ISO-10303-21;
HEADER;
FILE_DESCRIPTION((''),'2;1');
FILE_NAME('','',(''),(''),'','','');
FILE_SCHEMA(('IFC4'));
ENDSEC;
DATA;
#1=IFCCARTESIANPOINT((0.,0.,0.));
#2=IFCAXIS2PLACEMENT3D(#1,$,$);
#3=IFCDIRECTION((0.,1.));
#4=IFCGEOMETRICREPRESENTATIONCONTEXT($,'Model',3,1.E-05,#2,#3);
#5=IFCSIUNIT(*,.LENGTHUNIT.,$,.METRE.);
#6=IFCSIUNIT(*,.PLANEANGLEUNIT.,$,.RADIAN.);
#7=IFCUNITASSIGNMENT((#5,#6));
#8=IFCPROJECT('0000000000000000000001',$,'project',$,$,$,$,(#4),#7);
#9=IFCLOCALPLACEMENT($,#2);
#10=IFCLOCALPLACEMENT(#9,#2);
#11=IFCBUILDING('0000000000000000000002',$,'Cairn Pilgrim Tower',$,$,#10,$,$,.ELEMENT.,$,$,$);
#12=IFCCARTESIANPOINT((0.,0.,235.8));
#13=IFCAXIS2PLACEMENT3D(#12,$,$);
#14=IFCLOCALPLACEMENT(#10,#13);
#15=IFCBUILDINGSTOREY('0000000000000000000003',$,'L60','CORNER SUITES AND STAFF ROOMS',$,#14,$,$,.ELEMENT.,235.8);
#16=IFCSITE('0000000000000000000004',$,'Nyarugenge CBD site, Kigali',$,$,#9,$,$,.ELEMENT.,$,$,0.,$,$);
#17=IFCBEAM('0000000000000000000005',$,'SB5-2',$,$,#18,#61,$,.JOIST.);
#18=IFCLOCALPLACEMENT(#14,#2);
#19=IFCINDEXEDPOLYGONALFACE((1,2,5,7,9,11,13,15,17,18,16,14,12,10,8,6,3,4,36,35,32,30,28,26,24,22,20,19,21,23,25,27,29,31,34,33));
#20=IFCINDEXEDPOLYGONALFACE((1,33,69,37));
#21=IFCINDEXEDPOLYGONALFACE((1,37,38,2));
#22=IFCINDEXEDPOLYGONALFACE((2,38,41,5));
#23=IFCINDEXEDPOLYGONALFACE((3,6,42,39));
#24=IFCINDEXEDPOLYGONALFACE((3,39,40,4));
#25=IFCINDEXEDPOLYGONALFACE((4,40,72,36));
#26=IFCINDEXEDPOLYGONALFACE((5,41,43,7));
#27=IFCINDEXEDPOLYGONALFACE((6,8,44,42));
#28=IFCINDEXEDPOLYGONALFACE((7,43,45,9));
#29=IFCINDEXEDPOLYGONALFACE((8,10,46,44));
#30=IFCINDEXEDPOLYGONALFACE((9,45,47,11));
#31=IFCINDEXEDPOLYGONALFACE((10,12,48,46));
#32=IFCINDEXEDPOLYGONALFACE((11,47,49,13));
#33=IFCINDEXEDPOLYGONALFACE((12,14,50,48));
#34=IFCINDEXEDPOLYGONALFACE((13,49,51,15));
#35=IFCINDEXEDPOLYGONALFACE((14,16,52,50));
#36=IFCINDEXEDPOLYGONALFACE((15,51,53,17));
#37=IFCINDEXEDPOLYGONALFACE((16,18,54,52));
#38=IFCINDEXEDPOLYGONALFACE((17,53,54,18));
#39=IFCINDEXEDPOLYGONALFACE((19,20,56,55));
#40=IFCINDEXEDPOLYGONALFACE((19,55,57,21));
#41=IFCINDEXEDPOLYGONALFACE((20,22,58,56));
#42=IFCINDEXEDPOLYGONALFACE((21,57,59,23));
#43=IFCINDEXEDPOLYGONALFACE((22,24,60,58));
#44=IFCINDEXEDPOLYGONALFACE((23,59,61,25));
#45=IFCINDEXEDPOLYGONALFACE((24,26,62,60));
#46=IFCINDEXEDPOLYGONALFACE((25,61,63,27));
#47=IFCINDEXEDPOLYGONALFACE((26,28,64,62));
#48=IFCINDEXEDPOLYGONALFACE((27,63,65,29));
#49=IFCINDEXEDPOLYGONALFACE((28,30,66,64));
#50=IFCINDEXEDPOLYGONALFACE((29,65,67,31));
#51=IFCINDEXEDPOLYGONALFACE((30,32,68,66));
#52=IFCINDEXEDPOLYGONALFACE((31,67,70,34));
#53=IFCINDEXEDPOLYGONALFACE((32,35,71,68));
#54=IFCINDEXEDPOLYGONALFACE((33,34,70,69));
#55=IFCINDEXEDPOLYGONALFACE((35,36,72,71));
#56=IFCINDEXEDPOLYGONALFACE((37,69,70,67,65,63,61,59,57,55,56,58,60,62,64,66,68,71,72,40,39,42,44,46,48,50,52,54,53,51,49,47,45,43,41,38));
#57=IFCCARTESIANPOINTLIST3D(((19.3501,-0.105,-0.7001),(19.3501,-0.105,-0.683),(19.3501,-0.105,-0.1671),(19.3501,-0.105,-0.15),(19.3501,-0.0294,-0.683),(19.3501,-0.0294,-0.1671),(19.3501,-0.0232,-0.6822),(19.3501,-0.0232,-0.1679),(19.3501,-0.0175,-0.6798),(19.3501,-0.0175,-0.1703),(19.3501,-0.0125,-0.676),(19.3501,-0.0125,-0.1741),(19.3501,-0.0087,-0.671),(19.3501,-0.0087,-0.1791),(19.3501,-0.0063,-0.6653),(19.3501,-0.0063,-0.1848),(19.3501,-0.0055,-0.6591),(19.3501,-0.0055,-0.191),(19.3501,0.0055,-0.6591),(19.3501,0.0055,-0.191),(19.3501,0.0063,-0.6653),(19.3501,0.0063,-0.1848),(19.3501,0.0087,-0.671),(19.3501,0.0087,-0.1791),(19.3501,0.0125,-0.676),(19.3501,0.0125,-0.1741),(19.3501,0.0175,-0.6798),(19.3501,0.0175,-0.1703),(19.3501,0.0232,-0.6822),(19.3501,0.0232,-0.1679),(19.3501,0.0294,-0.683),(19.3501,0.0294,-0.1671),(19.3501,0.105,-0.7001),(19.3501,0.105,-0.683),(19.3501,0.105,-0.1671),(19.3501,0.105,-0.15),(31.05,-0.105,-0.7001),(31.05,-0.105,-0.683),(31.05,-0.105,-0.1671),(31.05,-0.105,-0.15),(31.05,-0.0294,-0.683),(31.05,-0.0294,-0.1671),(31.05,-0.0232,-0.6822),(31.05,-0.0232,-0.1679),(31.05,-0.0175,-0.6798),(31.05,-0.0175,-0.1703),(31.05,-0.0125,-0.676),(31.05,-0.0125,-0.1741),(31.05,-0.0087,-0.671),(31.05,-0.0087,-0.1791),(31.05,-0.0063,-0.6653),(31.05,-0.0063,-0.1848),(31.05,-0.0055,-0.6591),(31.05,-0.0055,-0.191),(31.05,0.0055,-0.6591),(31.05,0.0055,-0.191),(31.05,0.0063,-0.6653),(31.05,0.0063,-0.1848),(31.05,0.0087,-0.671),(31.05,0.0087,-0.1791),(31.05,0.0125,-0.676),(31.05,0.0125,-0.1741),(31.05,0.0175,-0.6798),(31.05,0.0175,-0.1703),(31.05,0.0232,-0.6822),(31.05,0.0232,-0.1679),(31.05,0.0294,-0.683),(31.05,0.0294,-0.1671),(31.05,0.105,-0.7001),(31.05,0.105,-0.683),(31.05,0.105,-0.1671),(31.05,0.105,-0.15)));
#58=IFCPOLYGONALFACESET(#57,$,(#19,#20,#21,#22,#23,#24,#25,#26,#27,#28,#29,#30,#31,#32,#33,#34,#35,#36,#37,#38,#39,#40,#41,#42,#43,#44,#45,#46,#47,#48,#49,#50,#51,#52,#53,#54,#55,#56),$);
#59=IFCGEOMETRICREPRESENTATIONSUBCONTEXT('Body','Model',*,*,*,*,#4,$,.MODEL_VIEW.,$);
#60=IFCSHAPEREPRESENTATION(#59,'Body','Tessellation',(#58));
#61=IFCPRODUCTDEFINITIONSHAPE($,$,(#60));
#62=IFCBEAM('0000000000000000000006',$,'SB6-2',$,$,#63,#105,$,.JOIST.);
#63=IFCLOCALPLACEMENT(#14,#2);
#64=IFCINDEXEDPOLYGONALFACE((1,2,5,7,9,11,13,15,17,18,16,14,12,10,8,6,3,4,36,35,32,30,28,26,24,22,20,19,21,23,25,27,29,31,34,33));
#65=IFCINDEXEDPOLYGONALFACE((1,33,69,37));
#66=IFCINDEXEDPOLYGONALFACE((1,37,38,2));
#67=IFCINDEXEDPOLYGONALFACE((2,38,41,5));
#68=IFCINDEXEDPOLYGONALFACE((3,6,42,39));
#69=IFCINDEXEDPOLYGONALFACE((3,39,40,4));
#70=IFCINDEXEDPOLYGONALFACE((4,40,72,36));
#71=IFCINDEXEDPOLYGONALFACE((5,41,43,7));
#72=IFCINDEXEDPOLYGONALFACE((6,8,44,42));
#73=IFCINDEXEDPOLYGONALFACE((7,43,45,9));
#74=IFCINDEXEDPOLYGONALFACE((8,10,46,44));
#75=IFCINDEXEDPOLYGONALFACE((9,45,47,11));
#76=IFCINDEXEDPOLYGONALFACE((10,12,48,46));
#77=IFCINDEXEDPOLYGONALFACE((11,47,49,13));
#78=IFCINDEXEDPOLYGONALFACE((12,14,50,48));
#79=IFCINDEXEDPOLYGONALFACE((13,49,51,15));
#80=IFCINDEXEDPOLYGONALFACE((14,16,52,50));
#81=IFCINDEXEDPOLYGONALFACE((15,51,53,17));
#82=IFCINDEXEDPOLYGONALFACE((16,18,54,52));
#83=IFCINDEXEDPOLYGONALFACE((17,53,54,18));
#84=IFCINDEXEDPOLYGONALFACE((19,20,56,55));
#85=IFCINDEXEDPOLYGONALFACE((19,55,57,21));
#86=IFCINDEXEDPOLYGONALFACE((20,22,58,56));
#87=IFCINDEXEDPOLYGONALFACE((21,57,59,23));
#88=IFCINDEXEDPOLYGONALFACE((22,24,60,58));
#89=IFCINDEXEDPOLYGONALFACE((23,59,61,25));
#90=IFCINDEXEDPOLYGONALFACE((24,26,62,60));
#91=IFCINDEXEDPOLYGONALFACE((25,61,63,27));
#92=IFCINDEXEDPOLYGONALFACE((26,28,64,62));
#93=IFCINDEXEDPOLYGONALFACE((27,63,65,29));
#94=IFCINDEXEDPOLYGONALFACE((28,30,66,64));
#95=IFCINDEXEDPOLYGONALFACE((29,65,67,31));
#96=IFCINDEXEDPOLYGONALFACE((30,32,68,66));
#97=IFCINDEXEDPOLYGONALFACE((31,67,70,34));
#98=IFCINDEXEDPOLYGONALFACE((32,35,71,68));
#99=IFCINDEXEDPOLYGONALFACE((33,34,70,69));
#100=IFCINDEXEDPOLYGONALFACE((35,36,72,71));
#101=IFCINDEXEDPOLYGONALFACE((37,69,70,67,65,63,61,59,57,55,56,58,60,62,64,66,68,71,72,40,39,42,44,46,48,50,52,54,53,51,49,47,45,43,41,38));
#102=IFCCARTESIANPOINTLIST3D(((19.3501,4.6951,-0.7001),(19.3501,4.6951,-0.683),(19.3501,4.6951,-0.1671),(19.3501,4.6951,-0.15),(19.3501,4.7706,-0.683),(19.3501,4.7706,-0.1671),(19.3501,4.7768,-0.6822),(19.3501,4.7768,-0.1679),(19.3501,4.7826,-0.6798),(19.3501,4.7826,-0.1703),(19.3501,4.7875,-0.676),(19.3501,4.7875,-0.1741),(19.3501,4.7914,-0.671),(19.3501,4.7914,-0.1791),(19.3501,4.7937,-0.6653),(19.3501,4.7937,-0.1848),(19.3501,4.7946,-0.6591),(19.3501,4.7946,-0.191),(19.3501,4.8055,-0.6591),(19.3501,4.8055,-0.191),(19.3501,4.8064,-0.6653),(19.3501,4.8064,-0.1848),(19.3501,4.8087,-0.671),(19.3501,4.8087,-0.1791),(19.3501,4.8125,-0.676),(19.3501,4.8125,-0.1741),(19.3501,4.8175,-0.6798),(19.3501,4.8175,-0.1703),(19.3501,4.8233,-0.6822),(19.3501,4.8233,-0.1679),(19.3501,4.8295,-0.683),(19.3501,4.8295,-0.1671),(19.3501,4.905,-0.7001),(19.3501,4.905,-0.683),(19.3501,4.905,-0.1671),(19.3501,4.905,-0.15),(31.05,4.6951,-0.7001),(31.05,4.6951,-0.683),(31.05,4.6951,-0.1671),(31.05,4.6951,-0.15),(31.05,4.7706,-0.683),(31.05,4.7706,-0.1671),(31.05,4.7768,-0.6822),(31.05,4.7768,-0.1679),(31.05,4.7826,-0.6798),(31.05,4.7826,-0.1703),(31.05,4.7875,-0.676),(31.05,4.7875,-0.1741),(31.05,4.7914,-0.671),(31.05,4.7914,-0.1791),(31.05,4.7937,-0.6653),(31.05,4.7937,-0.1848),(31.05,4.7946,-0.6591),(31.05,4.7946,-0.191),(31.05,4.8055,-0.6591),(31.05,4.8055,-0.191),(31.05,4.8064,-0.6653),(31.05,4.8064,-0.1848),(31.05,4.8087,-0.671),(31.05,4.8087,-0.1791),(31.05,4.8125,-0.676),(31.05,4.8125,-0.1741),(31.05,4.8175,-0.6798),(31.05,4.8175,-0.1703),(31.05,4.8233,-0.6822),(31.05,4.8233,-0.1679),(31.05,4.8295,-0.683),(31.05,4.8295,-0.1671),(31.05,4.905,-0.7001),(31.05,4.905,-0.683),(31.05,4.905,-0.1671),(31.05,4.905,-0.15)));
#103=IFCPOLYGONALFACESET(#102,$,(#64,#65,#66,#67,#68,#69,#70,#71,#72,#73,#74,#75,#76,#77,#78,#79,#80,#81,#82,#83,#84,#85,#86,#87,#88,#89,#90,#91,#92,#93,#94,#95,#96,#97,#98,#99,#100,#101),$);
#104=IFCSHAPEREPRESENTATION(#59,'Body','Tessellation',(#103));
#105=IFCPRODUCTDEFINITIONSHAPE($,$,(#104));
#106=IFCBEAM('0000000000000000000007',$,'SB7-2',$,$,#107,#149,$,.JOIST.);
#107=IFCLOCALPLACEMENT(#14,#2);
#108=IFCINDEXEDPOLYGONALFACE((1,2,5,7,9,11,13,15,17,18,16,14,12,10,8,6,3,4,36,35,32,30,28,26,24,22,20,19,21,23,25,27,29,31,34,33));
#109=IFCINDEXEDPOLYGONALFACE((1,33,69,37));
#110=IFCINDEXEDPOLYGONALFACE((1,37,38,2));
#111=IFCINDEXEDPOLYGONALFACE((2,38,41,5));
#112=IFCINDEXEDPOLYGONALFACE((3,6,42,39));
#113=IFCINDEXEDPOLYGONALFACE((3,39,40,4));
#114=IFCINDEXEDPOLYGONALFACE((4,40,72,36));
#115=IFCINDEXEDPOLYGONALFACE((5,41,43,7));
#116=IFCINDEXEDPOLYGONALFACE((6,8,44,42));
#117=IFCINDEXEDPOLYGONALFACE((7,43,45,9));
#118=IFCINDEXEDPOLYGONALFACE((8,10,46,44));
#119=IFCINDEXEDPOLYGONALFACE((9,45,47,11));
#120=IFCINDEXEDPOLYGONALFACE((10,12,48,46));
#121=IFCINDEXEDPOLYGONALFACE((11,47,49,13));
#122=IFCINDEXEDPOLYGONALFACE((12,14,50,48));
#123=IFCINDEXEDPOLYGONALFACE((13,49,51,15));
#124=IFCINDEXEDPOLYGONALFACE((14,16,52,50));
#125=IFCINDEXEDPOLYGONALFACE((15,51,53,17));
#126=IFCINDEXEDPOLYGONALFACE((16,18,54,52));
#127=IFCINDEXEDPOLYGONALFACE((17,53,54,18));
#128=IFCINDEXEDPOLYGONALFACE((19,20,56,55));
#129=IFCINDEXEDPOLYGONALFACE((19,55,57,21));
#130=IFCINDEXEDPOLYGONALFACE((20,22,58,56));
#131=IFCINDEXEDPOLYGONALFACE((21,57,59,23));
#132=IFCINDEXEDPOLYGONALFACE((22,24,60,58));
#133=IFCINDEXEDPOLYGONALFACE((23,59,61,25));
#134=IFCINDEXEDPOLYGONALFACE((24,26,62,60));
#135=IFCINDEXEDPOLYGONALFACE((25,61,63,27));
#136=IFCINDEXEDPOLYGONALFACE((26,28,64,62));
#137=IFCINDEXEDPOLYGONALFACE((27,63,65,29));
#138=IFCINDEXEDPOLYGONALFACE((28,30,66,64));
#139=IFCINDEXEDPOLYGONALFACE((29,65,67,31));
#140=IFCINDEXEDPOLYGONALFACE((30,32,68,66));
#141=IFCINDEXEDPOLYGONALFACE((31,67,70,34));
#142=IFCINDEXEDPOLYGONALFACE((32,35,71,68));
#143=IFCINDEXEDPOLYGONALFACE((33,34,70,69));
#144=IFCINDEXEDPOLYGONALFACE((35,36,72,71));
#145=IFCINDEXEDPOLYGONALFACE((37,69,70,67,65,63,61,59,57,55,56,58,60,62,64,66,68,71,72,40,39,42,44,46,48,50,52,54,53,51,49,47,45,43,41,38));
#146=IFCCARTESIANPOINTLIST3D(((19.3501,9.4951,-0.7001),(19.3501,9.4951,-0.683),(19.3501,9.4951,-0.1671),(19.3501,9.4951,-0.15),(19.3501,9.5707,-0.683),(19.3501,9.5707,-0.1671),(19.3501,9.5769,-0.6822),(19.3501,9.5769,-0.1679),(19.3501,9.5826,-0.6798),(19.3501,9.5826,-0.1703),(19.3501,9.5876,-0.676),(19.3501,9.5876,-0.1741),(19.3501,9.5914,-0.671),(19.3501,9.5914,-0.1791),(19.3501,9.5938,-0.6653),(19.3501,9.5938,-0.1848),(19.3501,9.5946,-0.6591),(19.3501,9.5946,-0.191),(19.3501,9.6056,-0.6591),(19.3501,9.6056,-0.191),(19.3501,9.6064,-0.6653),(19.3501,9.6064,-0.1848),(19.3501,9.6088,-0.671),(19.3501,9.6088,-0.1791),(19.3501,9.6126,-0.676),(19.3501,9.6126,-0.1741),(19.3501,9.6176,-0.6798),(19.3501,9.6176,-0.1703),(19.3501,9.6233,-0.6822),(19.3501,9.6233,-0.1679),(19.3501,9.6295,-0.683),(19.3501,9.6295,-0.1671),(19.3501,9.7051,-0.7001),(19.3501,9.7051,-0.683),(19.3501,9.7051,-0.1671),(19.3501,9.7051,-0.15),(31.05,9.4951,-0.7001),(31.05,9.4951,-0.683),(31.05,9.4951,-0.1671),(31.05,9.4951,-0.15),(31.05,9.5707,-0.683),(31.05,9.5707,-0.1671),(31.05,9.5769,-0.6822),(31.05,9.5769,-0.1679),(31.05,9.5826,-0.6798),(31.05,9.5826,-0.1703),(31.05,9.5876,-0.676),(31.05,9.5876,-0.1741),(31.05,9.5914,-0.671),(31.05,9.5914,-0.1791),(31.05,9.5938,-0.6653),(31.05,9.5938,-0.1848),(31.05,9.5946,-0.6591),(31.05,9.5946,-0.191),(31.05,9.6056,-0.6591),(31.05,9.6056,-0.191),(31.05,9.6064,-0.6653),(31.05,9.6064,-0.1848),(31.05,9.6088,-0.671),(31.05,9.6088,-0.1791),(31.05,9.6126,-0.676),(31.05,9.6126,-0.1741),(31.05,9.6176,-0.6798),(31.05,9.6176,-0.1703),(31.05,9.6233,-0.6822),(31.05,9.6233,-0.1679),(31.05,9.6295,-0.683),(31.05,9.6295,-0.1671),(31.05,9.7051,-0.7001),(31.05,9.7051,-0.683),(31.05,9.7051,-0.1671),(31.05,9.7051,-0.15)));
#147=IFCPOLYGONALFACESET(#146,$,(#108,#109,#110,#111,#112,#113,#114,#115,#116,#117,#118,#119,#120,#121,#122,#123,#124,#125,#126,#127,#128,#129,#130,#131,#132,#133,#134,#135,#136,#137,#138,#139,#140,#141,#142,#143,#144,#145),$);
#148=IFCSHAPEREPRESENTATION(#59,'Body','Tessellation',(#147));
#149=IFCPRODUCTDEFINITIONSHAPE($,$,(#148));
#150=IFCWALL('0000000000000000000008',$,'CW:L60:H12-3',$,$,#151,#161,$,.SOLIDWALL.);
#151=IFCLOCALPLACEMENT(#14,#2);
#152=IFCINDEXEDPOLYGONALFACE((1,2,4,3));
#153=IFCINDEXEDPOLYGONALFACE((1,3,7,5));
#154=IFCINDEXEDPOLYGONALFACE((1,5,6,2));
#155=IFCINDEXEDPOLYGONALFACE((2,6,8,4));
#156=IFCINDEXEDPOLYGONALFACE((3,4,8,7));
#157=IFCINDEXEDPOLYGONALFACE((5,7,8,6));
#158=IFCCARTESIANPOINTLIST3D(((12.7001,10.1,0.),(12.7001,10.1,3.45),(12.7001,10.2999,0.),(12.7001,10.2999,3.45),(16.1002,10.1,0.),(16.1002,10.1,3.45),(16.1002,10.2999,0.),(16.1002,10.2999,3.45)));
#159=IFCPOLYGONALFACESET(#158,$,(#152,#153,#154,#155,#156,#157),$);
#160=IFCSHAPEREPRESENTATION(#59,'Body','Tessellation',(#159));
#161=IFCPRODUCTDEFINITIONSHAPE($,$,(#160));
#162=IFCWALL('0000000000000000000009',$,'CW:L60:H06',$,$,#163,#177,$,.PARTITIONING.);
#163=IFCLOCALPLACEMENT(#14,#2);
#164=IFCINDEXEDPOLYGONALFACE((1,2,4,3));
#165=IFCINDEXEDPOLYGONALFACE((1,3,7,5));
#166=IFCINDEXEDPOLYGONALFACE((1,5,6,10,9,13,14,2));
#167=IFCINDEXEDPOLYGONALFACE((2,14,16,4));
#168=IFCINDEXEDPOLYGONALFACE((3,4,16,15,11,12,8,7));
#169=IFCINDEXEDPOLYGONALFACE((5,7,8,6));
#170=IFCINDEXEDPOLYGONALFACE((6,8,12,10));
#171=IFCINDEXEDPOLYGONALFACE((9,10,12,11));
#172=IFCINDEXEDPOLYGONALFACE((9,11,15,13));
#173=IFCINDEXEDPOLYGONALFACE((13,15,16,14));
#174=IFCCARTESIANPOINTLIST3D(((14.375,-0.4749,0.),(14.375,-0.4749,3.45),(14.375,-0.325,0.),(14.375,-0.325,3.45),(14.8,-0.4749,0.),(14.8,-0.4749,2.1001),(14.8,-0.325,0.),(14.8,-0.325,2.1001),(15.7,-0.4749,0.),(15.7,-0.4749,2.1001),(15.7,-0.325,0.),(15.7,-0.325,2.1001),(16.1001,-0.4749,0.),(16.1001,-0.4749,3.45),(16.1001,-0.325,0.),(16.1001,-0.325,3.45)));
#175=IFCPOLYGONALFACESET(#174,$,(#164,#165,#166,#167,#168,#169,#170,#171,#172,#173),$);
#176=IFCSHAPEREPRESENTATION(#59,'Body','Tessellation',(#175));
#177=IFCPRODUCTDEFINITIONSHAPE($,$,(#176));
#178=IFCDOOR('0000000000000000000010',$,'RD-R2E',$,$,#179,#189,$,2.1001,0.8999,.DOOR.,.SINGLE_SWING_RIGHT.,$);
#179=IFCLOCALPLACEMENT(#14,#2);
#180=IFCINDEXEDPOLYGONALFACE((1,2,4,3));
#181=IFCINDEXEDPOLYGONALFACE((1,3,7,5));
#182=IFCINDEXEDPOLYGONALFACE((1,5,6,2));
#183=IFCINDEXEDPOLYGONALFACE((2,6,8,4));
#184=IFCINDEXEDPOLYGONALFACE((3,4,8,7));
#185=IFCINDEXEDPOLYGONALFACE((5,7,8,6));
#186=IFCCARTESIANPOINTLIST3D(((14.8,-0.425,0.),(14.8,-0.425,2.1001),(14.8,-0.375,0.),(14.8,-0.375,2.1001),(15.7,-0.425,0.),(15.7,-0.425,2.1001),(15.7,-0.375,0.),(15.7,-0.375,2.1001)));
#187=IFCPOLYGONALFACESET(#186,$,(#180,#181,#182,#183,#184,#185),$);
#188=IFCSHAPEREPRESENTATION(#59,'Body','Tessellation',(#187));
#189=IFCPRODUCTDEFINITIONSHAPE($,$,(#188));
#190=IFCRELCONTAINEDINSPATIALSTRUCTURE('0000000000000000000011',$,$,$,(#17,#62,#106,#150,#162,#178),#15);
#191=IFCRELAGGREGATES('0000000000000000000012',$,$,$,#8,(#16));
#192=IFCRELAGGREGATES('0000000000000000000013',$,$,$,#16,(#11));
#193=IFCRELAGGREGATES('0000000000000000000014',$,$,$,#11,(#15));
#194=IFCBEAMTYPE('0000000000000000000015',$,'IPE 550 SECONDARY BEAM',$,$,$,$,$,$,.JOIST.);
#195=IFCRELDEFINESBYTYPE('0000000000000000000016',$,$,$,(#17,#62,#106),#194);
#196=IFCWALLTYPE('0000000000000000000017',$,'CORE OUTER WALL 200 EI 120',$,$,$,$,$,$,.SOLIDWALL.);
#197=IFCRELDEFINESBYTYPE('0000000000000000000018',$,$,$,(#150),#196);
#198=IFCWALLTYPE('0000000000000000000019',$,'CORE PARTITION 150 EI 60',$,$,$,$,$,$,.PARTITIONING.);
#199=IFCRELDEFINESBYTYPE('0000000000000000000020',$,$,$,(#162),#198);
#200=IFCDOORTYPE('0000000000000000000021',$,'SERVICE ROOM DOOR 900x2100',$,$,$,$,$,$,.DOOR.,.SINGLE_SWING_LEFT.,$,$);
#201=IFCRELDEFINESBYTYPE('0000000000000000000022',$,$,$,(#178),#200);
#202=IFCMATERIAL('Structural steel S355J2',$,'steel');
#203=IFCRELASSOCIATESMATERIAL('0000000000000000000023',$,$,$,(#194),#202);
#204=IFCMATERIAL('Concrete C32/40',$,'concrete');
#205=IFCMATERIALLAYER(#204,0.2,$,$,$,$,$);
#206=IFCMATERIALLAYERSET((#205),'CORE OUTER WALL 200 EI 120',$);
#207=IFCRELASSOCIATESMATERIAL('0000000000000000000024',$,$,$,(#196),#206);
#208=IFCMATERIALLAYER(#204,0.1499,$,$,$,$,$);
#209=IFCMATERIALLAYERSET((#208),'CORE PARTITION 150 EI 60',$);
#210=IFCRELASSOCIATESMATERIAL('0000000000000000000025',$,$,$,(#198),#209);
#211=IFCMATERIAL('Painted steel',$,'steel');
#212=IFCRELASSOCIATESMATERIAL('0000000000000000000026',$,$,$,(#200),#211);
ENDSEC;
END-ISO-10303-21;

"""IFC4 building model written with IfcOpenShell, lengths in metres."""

from ifc_helpers import new_model, si_unit, direction, frame, frame_2d, origin, origin_2d, place, context, subcontext, project, spatial, rectangle, i_section, extrude, material, layer, layer_set, material_profile, profile_set, type_object, element, fill, save


model = new_model("IFC4")

# Units and contexts
model_context = context("Model", 3, precision=1e-05, world=origin(), true_north=direction((0.0, 1.0)))
body_context = subcontext(model_context, "Body", "Model", "MODEL_VIEW")
ifc_project = project(units=[si_unit("LENGTHUNIT", "METRE"), si_unit("PLANEANGLEUNIT", "RADIAN")], contexts=[model_context])

# Site, building, storey
site_placement = place(None, origin())
site = spatial("IfcSite", under=ifc_project, at=site_placement, Name="Nyarugenge CBD site, Kigali", CompositionType="ELEMENT", RefElevation=0.0)
building_placement = place(site_placement, origin())
building = spatial("IfcBuilding", under=site, at=building_placement, Name="Cairn Pilgrim Tower", CompositionType="ELEMENT")
storey_placement = place(building_placement, frame((0.0, 0.0, 235.8)))
storey = spatial("IfcBuildingStorey", under=building, at=storey_placement, Name="L60", Description="CORNER SUITES AND STAFF ROOMS", CompositionType="ELEMENT", Elevation=235.8)

# Shared definitions
ifc_material_1 = material(Name="Structural steel S355J2", Category="steel")

# Beams
ifc_material_profile_1 = material_profile(ifc_material_1, i_section(OverallWidth=0.21, OverallDepth=0.55, WebThickness=0.011, FlangeThickness=0.0171, FilletRadius=0.0239, at=origin_2d()), Name="IPE 550")
ifc_profile_set_1 = profile_set([ifc_material_profile_1], Name="Structural steel S355J2")
beam_type_1 = type_object("IfcBeamType", Name="IPE 550 SECONDARY BEAM", PredefinedType="JOIST", material=ifc_profile_set_1)
for number, where, z_axis, x_axis, name in (
    (1, (19.3501, 0.0, -0.425), (1.0, 0.0, 0.0), (0.0, 1.0, 0.0), "SB5-2"),
    (2, (19.3501, 4.8, -0.425), (1.0, 0.0, 0.0), (0.0, 1.0, 0.0), "SB6-2"),
    (3, (19.3501, 9.6001, -0.425), (1.0, 0.0, 0.0), (0.0, 1.0, 0.0), "SB7-2"),
):
    element("IfcBeam", number, at=place(storey_placement, frame(where, z_axis=z_axis, x_axis=x_axis)), inside=storey, type_object=beam_type_1, Name=name, PredefinedType="JOIST", context=body_context, shape_type="SweptSolid", body=[
        extrude(i_section(OverallWidth=0.21, OverallDepth=0.55, WebThickness=0.011, FlangeThickness=0.0171, FilletRadius=0.0239, at=origin_2d()), origin(), (0.0, 0.0, 1.0), 11.7),
    ])

# Wall
ifc_material_2 = material(Name="Concrete C32/40", Category="concrete")
ifc_layer_1 = layer(ifc_material_2, 0.2)
ifc_layer_set_1 = layer_set([ifc_layer_1], Name="CORE OUTER WALL 200 EI 120")
wall_type_1 = type_object("IfcWallType", Name="CORE OUTER WALL 200 EI 120", PredefinedType="SOLIDWALL", material=ifc_layer_set_1)
wall_1_placement = place(storey_placement, frame((12.7, 10.2, 0.0), z_axis=(0.0, 0.0, 1.0), x_axis=(1.0, 0.0, 0.0)))
element("IfcWall", 4, at=wall_1_placement, inside=storey, type_object=wall_type_1, Name="CW:L60:H12-3", PredefinedType="SOLIDWALL", context=body_context, shape_type="SweptSolid", body=[
    extrude(rectangle(XDim=3.4001, YDim=0.2, at=frame_2d((1.7002, 0.0))), origin(), (0.0, 0.0, 1.0), 3.45),
])

# Wall, opening, door
ifc_layer_2 = layer(ifc_material_2, 0.1499)
ifc_layer_set_2 = layer_set([ifc_layer_2], Name="CORE PARTITION 150 EI 60")
wall_type_2 = type_object("IfcWallType", Name="CORE PARTITION 150 EI 60", PredefinedType="PARTITIONING", material=ifc_layer_set_2)
wall_2_placement = place(storey_placement, frame((14.375, -0.3999, 0.0), z_axis=(0.0, 0.0, 1.0), x_axis=(1.0, 0.0, 0.0)))
wall_2 = element("IfcWall", 5, at=wall_2_placement, inside=storey, type_object=wall_type_2, Name="CW:L60:H06", PredefinedType="PARTITIONING", context=body_context, shape_type="SweptSolid", body=[
    extrude(rectangle(XDim=1.7251, YDim=0.1499, at=frame_2d((0.8625, 0.0))), origin(), (0.0, 0.0, 1.0), 3.45),
])
opening_1_placement = place(wall_2_placement, frame((0.425, 0.0, 0.0)))
opening_1 = element("IfcOpeningElement", 6, at=opening_1_placement, cuts=wall_2, PredefinedType="OPENING", context=body_context, shape_type="SweptSolid", body=[
    extrude(rectangle(XDim=0.8999, YDim=2.1001, at=frame_2d((0.45, 1.05))), frame((0.0, 0.085, 0.0), z_axis=(0.0, -1.0, 0.0), x_axis=(1.0, 0.0, 0.0)), (0.0, 0.0, 1.0), 0.1699),
])
ifc_material_3 = material(Name="Painted steel", Category="steel")
door_type = type_object("IfcDoorType", Name="SERVICE ROOM DOOR 900x2100", OperationType="SINGLE_SWING_LEFT", PredefinedType="DOOR", material=ifc_material_3)
door_1_placement = place(opening_1_placement, origin())
door_1 = element("IfcDoor", 7, at=door_1_placement, inside=storey, type_object=door_type, Name="RD-R2E", OperationType="SINGLE_SWING_RIGHT", OverallHeight=2.1001, OverallWidth=0.8999, PredefinedType="DOOR", context=body_context, shape_type="SweptSolid", body=[
    extrude(rectangle(XDim=0.8999, YDim=2.1001, at=frame_2d((0.45, 1.05))), frame((0.0, 0.0249, 0.0), z_axis=(0.0, -1.0, 0.0), x_axis=(1.0, 0.0, 0.0)), (0.0, 0.0, 1.0), 0.05),
])
fill(opening_1, door_1)

save(model, "model.ifc")
